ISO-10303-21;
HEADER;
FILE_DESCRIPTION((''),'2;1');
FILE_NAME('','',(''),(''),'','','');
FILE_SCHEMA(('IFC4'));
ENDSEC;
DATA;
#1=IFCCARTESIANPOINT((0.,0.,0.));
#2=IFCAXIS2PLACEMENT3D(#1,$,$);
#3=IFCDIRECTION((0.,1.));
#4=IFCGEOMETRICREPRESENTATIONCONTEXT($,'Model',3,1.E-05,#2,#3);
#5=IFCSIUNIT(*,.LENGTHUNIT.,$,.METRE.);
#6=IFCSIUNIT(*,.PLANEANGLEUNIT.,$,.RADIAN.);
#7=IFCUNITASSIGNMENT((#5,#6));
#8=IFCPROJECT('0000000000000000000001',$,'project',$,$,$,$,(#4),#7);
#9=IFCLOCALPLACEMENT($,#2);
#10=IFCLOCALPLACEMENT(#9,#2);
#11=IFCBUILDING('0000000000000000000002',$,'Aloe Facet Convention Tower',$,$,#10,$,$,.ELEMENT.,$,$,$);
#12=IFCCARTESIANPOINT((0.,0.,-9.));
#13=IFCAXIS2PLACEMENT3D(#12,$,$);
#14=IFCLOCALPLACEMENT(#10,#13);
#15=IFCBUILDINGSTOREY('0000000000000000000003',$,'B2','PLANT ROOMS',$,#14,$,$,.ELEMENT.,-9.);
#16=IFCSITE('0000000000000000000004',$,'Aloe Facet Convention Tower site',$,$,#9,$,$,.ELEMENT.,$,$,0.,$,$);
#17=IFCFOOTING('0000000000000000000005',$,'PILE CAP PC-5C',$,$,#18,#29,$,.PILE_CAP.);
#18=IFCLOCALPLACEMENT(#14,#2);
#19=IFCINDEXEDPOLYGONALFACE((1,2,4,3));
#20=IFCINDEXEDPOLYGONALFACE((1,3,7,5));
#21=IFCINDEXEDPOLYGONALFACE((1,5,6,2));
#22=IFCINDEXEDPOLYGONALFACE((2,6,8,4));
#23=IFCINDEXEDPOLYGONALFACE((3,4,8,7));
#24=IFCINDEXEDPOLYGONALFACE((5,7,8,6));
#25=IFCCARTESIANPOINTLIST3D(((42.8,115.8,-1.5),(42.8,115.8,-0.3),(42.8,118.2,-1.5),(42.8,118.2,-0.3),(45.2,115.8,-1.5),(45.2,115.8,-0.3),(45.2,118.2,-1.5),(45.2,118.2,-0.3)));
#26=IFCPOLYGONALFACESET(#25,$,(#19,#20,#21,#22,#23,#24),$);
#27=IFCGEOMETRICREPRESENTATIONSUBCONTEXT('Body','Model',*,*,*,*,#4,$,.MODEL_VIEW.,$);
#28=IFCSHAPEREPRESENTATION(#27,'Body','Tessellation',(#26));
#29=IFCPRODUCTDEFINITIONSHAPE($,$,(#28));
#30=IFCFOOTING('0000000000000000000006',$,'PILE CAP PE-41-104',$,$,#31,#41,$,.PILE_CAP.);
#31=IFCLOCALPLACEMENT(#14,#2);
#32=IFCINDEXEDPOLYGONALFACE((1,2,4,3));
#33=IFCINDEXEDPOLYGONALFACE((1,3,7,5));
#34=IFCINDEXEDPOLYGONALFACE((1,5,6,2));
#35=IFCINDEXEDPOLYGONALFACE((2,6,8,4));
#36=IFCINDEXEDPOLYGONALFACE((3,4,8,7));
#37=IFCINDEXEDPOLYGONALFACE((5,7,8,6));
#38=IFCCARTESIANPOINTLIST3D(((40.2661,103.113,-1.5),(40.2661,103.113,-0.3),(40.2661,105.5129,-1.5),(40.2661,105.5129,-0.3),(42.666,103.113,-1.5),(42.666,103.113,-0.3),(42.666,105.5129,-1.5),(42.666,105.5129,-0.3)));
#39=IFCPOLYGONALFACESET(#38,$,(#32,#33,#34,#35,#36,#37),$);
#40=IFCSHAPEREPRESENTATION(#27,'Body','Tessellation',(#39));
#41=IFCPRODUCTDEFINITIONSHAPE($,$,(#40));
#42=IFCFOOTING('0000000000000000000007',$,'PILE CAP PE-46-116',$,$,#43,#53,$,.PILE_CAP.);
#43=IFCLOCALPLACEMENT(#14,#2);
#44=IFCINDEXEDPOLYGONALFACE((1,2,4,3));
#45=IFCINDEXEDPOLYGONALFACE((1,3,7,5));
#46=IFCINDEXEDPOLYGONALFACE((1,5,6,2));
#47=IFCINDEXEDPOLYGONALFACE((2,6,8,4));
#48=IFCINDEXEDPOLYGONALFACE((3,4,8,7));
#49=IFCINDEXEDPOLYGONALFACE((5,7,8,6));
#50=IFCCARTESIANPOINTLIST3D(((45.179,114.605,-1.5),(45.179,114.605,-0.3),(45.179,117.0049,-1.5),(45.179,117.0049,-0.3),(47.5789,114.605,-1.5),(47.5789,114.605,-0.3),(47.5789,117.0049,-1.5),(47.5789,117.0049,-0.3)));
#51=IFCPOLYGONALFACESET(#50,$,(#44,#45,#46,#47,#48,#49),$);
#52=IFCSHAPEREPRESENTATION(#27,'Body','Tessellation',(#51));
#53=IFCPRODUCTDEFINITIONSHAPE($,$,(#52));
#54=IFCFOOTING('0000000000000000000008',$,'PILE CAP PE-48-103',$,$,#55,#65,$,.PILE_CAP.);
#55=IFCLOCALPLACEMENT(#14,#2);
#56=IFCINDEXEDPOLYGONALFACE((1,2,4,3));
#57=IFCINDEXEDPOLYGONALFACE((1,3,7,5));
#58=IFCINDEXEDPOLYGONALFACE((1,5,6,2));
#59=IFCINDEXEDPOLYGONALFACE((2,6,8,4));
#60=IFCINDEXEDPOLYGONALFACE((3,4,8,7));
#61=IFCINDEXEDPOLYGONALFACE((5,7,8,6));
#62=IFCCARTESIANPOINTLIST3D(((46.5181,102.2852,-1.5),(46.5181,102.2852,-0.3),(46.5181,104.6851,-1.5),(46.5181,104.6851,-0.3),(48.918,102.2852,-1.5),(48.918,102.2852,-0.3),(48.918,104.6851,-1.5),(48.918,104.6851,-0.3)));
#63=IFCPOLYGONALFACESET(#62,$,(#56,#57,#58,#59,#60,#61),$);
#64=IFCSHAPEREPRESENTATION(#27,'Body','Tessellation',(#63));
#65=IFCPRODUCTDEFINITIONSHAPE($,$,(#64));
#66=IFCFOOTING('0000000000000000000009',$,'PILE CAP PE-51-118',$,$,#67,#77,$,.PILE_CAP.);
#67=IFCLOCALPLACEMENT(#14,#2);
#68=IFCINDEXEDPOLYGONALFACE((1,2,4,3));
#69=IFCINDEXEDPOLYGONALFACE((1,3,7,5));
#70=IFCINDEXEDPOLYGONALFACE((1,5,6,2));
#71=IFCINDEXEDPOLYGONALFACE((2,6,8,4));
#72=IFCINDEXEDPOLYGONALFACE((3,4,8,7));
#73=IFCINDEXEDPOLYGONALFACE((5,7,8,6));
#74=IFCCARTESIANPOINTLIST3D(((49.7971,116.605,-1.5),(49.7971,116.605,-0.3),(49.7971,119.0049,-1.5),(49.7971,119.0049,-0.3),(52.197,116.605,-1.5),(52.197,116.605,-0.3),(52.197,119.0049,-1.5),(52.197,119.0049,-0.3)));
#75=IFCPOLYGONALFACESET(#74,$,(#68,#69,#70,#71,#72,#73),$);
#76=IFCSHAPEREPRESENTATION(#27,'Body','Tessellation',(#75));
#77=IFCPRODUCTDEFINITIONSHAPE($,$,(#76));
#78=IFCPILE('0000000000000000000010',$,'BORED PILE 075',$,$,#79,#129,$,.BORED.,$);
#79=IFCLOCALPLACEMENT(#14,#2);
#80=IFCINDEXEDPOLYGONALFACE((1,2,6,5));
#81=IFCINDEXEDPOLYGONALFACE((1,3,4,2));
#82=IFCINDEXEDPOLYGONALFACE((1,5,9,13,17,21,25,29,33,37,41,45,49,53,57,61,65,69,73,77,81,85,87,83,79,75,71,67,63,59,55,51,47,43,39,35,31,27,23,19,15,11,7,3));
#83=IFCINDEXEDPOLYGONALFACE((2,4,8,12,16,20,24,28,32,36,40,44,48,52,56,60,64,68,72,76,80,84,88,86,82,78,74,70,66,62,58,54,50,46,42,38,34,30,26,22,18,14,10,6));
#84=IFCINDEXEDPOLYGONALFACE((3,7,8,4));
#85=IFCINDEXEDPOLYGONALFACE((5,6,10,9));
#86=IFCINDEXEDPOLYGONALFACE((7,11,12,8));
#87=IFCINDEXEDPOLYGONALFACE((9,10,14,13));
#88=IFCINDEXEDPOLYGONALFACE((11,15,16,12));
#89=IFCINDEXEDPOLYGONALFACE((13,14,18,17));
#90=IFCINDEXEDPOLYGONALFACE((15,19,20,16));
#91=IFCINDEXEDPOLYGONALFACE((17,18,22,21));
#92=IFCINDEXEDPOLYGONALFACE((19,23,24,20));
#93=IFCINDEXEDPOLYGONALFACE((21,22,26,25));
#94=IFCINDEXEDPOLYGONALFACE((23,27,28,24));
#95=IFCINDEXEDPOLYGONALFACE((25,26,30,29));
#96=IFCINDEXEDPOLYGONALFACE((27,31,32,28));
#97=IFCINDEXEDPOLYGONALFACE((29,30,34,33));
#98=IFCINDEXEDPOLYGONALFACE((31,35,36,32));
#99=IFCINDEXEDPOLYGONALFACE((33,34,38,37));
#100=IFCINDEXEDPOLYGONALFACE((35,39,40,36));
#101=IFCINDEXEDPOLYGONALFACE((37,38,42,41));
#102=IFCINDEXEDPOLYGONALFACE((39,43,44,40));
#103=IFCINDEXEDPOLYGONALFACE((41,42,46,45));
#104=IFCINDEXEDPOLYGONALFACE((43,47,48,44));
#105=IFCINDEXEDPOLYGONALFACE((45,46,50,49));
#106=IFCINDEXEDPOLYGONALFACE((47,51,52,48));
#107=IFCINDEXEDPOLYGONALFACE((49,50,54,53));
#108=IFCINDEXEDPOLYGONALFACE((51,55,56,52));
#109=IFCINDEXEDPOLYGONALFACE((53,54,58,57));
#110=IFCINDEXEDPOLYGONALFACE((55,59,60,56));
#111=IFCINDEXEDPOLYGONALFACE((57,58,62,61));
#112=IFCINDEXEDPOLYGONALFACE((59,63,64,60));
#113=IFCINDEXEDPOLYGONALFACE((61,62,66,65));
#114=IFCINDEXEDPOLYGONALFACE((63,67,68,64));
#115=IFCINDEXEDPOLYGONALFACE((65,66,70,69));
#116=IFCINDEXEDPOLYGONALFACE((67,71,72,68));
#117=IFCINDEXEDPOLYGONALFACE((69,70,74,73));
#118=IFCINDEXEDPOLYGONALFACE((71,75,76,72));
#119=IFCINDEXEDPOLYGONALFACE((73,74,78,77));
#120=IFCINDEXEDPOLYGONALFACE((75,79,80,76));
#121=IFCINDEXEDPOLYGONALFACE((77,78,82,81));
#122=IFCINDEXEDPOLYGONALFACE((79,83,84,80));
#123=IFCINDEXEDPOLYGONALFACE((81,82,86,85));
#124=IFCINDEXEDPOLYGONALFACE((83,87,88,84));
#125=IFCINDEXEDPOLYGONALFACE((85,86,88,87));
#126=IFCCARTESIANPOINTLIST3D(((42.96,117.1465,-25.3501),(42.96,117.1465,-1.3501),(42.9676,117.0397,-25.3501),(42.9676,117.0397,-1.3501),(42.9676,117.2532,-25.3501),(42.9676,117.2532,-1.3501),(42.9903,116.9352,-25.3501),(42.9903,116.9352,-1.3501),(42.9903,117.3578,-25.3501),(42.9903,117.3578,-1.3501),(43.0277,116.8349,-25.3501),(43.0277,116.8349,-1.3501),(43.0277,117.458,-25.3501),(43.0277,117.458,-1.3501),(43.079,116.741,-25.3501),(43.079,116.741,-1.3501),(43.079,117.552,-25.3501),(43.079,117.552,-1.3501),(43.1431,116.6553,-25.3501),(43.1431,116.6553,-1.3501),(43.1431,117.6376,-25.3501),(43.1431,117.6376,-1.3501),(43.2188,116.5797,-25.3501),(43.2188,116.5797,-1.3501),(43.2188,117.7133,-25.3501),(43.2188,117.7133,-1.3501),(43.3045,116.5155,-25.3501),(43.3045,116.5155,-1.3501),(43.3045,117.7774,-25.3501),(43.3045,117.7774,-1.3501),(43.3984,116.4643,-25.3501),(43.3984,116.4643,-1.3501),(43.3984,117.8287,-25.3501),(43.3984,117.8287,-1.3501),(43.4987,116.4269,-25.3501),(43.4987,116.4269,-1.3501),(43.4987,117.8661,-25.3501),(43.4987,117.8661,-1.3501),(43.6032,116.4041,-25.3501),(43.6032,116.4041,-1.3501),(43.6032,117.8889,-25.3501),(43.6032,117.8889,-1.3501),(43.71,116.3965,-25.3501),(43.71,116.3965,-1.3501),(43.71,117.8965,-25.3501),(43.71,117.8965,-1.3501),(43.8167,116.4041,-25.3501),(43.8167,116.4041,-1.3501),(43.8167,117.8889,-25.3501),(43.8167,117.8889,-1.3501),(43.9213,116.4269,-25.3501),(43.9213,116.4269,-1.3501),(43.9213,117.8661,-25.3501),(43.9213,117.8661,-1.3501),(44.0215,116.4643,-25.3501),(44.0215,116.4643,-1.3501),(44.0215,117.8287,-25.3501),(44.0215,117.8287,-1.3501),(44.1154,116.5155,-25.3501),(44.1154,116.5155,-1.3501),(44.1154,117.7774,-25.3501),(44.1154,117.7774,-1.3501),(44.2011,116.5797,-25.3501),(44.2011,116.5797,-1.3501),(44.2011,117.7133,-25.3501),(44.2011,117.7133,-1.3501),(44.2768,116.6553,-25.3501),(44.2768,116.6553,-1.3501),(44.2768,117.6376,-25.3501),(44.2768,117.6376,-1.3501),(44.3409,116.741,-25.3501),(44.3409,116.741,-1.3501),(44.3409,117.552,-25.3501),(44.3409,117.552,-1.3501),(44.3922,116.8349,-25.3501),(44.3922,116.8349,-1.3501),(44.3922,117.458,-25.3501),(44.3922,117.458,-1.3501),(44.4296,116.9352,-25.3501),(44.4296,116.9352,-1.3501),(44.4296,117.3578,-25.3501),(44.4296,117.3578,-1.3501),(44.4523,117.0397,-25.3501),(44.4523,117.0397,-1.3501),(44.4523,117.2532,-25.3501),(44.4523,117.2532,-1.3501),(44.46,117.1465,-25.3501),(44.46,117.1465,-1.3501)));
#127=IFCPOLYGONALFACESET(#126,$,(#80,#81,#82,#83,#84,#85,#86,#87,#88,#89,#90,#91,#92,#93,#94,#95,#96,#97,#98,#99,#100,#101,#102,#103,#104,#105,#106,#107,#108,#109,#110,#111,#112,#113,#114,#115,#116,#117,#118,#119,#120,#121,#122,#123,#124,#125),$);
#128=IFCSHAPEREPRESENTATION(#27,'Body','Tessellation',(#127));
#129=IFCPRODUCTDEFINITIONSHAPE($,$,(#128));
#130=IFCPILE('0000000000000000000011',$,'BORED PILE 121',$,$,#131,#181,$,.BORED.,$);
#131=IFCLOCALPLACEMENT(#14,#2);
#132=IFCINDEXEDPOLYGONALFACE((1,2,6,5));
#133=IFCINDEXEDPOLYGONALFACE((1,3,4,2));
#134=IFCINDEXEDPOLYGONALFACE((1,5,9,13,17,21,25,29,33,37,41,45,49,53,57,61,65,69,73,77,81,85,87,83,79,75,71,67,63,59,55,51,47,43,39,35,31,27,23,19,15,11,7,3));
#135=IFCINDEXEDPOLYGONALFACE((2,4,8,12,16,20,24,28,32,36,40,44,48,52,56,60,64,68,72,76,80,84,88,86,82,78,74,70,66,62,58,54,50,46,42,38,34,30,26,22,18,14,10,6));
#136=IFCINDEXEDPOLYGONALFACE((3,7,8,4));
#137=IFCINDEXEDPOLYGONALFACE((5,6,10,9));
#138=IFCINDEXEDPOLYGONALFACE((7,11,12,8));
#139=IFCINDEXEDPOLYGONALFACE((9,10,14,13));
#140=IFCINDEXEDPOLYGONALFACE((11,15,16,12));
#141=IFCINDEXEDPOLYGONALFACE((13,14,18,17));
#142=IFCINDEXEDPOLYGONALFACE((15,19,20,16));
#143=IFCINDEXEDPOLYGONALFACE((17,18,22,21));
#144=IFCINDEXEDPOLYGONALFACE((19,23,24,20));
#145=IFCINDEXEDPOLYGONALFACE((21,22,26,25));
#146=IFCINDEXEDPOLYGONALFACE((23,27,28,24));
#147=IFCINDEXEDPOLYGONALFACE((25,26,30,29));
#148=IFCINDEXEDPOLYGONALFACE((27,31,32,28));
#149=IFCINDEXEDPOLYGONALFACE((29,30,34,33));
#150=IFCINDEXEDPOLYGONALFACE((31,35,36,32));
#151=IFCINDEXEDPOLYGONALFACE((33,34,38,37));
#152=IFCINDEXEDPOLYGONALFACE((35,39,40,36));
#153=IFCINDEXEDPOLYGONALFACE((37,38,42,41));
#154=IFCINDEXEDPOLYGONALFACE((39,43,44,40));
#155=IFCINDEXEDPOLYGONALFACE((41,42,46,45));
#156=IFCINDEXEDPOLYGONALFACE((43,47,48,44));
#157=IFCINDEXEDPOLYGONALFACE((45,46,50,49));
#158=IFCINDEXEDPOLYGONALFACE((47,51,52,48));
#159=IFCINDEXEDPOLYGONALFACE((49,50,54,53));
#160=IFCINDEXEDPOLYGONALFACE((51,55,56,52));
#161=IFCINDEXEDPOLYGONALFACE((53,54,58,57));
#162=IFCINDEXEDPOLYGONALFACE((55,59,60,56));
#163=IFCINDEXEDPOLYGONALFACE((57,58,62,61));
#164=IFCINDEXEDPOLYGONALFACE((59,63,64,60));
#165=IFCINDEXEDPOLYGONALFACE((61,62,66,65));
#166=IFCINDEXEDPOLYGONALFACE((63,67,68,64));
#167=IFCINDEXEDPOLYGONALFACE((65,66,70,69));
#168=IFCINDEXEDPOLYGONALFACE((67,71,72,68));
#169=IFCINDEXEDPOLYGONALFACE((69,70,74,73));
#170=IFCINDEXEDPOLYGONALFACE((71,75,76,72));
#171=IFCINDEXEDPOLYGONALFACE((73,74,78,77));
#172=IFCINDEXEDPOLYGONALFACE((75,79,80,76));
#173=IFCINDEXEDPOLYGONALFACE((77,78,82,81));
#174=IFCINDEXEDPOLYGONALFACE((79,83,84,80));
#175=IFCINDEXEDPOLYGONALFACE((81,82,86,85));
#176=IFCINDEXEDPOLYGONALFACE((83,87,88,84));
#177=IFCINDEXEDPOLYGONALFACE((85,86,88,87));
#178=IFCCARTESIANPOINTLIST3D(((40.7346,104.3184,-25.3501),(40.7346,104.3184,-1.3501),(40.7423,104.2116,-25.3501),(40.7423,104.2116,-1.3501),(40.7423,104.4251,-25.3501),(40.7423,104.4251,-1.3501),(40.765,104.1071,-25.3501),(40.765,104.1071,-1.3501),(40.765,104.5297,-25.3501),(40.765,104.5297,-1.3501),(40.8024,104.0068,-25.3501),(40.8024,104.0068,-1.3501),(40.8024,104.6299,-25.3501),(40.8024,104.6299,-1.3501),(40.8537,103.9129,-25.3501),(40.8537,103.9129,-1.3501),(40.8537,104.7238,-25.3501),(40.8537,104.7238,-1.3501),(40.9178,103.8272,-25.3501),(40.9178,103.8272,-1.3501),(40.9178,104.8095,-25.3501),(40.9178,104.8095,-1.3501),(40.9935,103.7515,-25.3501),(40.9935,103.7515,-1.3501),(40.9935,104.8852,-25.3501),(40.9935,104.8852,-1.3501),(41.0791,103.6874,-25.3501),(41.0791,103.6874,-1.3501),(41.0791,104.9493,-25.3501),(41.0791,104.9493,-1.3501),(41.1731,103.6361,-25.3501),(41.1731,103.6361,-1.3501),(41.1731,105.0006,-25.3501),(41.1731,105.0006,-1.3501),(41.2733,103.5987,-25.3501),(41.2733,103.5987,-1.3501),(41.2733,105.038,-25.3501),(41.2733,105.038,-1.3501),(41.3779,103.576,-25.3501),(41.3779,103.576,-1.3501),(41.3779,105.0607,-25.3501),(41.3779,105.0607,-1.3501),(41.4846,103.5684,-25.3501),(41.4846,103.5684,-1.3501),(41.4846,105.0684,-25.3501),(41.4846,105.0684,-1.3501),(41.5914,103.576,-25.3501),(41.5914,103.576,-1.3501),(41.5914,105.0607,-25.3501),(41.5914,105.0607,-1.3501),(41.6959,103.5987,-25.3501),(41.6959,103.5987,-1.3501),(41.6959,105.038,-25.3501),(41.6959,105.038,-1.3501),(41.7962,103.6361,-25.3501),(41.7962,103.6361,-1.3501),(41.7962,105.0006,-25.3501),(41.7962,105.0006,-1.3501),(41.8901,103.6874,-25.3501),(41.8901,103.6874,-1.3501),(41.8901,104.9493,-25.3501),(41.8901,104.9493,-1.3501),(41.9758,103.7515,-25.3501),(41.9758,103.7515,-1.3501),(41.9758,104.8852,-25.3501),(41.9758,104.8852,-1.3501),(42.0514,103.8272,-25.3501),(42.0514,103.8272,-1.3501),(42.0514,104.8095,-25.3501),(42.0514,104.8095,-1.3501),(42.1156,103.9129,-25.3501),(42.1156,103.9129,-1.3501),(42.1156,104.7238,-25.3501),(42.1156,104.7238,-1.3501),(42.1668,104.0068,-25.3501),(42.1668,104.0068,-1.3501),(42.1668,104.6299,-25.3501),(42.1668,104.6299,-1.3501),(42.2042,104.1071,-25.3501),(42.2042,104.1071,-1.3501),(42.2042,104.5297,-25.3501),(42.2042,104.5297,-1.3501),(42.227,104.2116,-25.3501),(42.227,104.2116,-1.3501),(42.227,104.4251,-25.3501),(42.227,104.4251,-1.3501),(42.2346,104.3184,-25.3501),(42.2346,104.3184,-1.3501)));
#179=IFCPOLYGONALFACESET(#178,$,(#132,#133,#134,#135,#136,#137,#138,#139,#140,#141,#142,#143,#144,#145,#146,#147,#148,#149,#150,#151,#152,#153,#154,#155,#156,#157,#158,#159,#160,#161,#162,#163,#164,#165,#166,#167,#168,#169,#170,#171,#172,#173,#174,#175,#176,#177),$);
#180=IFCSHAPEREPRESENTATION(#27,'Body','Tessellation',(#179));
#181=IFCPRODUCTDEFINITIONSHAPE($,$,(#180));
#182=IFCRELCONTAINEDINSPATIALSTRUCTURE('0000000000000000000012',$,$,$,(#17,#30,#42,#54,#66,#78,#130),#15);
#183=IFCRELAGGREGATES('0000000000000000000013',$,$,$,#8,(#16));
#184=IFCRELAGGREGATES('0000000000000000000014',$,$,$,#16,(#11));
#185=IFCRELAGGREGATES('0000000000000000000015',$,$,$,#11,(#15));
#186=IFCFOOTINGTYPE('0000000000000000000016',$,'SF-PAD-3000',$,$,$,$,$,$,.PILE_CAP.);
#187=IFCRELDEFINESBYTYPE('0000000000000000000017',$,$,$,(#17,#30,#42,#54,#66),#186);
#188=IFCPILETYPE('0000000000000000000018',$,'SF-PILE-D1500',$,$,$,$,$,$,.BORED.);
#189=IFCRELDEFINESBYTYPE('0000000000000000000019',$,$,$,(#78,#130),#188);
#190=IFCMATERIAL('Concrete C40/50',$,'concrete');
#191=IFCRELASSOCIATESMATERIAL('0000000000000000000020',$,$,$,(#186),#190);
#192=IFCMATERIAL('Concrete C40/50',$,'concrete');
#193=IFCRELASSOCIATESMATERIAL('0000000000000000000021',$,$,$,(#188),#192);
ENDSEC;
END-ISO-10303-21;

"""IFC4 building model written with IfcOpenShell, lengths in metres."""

from ifc_helpers import new_model, si_unit, direction, frame, origin, origin_2d, place, context, subcontext, project, spatial, rectangle, circle, extrude, material, material_profile, profile_set, type_object, element, save


model = new_model("IFC4")

# Units and contexts
model_context = context("Model", 3, precision=1e-05, world=origin(), true_north=direction((0.0, 1.0)))
body_context = subcontext(model_context, "Body", "Model", "MODEL_VIEW")
ifc_project = project(units=[si_unit("LENGTHUNIT", "METRE"), si_unit("PLANEANGLEUNIT", "RADIAN")], contexts=[model_context])

# Site, building, storey
site_placement = place(None, origin())
site = spatial("IfcSite", under=ifc_project, at=site_placement, Name="Aloe Facet Convention Tower site", CompositionType="ELEMENT", RefElevation=0.0)
building_placement = place(site_placement, origin())
building = spatial("IfcBuilding", under=site, at=building_placement, Name="Aloe Facet Convention Tower", CompositionType="ELEMENT")
storey_placement = place(building_placement, frame((0.0, 0.0, -9.0)))
storey = spatial("IfcBuildingStorey", under=building, at=storey_placement, Name="B2", Description="PLANT ROOMS", CompositionType="ELEMENT", Elevation=-9.0)

# Footings
ifc_material_1 = material(Name="Concrete C40/50", Category="concrete")
footing_type = type_object("IfcFootingType", Name="SF-PAD-3000", PredefinedType="PILE_CAP", material=ifc_material_1)
for number, where, z_axis, x_axis, name in (
    (1, (44.0, 117.0, -1.5), (0.0, 0.0, 1.0), (1.0, 0.0, 0.0), "PILE CAP PC-5C"),
    (2, (41.4661, 104.313, -1.5), (0.0, 0.0, 1.0), (1.0, 0.0, 0.0), "PILE CAP PE-41-104"),
    (3, (46.3789, 115.8049, -1.5), (0.0, 0.0, 1.0), (1.0, 0.0, 0.0), "PILE CAP PE-46-116"),
    (4, (47.718, 103.4851, -1.5), (0.0, 0.0, 1.0), (1.0, 0.0, 0.0), "PILE CAP PE-48-103"),
    (5, (50.9971, 117.8049, -1.5), (0.0, 0.0, 1.0), (1.0, 0.0, 0.0), "PILE CAP PE-51-118"),
):
    element("IfcFooting", number, at=place(storey_placement, frame(where, z_axis=z_axis, x_axis=x_axis)), inside=storey, type_object=footing_type, Name=name, PredefinedType="PILE_CAP", context=body_context, shape_type="SweptSolid", body=[
        extrude(rectangle(XDim=2.3999, YDim=2.3999, at=origin_2d()), origin(), (0.0, 0.0, 1.0), 1.2),
    ])

# Piles
ifc_material_2 = material(Name="Concrete C40/50", Category="concrete")
ifc_material_profile_1 = material_profile(ifc_material_2, circle(Radius=0.75, at=origin_2d()), Name="D1500")
ifc_profile_set_1 = profile_set([ifc_material_profile_1], Name="Concrete C40/50")
pile_type = type_object("IfcPileType", Name="SF-PILE-D1500", PredefinedType="BORED", material=ifc_profile_set_1)
for number, where, z_axis, x_axis, name in (
    (6, (43.71, 117.1465, -1.3501), (0.0, 0.0, -1.0), (1.0, 0.0, 0.0), "BORED PILE 075"),
    (7, (41.4846, 104.3184, -1.3501), (0.0, 0.0, -1.0), (1.0, 0.0, 0.0), "BORED PILE 121"),
):
    element("IfcPile", number, at=place(storey_placement, frame(where, z_axis=z_axis, x_axis=x_axis)), inside=storey, type_object=pile_type, Name=name, PredefinedType="BORED", context=body_context, shape_type="SweptSolid", body=[
        extrude(circle(Radius=0.75, at=origin_2d()), origin(), (0.0, 0.0, 1.0), 24.0),
    ])

save(model, "model.ifc")
